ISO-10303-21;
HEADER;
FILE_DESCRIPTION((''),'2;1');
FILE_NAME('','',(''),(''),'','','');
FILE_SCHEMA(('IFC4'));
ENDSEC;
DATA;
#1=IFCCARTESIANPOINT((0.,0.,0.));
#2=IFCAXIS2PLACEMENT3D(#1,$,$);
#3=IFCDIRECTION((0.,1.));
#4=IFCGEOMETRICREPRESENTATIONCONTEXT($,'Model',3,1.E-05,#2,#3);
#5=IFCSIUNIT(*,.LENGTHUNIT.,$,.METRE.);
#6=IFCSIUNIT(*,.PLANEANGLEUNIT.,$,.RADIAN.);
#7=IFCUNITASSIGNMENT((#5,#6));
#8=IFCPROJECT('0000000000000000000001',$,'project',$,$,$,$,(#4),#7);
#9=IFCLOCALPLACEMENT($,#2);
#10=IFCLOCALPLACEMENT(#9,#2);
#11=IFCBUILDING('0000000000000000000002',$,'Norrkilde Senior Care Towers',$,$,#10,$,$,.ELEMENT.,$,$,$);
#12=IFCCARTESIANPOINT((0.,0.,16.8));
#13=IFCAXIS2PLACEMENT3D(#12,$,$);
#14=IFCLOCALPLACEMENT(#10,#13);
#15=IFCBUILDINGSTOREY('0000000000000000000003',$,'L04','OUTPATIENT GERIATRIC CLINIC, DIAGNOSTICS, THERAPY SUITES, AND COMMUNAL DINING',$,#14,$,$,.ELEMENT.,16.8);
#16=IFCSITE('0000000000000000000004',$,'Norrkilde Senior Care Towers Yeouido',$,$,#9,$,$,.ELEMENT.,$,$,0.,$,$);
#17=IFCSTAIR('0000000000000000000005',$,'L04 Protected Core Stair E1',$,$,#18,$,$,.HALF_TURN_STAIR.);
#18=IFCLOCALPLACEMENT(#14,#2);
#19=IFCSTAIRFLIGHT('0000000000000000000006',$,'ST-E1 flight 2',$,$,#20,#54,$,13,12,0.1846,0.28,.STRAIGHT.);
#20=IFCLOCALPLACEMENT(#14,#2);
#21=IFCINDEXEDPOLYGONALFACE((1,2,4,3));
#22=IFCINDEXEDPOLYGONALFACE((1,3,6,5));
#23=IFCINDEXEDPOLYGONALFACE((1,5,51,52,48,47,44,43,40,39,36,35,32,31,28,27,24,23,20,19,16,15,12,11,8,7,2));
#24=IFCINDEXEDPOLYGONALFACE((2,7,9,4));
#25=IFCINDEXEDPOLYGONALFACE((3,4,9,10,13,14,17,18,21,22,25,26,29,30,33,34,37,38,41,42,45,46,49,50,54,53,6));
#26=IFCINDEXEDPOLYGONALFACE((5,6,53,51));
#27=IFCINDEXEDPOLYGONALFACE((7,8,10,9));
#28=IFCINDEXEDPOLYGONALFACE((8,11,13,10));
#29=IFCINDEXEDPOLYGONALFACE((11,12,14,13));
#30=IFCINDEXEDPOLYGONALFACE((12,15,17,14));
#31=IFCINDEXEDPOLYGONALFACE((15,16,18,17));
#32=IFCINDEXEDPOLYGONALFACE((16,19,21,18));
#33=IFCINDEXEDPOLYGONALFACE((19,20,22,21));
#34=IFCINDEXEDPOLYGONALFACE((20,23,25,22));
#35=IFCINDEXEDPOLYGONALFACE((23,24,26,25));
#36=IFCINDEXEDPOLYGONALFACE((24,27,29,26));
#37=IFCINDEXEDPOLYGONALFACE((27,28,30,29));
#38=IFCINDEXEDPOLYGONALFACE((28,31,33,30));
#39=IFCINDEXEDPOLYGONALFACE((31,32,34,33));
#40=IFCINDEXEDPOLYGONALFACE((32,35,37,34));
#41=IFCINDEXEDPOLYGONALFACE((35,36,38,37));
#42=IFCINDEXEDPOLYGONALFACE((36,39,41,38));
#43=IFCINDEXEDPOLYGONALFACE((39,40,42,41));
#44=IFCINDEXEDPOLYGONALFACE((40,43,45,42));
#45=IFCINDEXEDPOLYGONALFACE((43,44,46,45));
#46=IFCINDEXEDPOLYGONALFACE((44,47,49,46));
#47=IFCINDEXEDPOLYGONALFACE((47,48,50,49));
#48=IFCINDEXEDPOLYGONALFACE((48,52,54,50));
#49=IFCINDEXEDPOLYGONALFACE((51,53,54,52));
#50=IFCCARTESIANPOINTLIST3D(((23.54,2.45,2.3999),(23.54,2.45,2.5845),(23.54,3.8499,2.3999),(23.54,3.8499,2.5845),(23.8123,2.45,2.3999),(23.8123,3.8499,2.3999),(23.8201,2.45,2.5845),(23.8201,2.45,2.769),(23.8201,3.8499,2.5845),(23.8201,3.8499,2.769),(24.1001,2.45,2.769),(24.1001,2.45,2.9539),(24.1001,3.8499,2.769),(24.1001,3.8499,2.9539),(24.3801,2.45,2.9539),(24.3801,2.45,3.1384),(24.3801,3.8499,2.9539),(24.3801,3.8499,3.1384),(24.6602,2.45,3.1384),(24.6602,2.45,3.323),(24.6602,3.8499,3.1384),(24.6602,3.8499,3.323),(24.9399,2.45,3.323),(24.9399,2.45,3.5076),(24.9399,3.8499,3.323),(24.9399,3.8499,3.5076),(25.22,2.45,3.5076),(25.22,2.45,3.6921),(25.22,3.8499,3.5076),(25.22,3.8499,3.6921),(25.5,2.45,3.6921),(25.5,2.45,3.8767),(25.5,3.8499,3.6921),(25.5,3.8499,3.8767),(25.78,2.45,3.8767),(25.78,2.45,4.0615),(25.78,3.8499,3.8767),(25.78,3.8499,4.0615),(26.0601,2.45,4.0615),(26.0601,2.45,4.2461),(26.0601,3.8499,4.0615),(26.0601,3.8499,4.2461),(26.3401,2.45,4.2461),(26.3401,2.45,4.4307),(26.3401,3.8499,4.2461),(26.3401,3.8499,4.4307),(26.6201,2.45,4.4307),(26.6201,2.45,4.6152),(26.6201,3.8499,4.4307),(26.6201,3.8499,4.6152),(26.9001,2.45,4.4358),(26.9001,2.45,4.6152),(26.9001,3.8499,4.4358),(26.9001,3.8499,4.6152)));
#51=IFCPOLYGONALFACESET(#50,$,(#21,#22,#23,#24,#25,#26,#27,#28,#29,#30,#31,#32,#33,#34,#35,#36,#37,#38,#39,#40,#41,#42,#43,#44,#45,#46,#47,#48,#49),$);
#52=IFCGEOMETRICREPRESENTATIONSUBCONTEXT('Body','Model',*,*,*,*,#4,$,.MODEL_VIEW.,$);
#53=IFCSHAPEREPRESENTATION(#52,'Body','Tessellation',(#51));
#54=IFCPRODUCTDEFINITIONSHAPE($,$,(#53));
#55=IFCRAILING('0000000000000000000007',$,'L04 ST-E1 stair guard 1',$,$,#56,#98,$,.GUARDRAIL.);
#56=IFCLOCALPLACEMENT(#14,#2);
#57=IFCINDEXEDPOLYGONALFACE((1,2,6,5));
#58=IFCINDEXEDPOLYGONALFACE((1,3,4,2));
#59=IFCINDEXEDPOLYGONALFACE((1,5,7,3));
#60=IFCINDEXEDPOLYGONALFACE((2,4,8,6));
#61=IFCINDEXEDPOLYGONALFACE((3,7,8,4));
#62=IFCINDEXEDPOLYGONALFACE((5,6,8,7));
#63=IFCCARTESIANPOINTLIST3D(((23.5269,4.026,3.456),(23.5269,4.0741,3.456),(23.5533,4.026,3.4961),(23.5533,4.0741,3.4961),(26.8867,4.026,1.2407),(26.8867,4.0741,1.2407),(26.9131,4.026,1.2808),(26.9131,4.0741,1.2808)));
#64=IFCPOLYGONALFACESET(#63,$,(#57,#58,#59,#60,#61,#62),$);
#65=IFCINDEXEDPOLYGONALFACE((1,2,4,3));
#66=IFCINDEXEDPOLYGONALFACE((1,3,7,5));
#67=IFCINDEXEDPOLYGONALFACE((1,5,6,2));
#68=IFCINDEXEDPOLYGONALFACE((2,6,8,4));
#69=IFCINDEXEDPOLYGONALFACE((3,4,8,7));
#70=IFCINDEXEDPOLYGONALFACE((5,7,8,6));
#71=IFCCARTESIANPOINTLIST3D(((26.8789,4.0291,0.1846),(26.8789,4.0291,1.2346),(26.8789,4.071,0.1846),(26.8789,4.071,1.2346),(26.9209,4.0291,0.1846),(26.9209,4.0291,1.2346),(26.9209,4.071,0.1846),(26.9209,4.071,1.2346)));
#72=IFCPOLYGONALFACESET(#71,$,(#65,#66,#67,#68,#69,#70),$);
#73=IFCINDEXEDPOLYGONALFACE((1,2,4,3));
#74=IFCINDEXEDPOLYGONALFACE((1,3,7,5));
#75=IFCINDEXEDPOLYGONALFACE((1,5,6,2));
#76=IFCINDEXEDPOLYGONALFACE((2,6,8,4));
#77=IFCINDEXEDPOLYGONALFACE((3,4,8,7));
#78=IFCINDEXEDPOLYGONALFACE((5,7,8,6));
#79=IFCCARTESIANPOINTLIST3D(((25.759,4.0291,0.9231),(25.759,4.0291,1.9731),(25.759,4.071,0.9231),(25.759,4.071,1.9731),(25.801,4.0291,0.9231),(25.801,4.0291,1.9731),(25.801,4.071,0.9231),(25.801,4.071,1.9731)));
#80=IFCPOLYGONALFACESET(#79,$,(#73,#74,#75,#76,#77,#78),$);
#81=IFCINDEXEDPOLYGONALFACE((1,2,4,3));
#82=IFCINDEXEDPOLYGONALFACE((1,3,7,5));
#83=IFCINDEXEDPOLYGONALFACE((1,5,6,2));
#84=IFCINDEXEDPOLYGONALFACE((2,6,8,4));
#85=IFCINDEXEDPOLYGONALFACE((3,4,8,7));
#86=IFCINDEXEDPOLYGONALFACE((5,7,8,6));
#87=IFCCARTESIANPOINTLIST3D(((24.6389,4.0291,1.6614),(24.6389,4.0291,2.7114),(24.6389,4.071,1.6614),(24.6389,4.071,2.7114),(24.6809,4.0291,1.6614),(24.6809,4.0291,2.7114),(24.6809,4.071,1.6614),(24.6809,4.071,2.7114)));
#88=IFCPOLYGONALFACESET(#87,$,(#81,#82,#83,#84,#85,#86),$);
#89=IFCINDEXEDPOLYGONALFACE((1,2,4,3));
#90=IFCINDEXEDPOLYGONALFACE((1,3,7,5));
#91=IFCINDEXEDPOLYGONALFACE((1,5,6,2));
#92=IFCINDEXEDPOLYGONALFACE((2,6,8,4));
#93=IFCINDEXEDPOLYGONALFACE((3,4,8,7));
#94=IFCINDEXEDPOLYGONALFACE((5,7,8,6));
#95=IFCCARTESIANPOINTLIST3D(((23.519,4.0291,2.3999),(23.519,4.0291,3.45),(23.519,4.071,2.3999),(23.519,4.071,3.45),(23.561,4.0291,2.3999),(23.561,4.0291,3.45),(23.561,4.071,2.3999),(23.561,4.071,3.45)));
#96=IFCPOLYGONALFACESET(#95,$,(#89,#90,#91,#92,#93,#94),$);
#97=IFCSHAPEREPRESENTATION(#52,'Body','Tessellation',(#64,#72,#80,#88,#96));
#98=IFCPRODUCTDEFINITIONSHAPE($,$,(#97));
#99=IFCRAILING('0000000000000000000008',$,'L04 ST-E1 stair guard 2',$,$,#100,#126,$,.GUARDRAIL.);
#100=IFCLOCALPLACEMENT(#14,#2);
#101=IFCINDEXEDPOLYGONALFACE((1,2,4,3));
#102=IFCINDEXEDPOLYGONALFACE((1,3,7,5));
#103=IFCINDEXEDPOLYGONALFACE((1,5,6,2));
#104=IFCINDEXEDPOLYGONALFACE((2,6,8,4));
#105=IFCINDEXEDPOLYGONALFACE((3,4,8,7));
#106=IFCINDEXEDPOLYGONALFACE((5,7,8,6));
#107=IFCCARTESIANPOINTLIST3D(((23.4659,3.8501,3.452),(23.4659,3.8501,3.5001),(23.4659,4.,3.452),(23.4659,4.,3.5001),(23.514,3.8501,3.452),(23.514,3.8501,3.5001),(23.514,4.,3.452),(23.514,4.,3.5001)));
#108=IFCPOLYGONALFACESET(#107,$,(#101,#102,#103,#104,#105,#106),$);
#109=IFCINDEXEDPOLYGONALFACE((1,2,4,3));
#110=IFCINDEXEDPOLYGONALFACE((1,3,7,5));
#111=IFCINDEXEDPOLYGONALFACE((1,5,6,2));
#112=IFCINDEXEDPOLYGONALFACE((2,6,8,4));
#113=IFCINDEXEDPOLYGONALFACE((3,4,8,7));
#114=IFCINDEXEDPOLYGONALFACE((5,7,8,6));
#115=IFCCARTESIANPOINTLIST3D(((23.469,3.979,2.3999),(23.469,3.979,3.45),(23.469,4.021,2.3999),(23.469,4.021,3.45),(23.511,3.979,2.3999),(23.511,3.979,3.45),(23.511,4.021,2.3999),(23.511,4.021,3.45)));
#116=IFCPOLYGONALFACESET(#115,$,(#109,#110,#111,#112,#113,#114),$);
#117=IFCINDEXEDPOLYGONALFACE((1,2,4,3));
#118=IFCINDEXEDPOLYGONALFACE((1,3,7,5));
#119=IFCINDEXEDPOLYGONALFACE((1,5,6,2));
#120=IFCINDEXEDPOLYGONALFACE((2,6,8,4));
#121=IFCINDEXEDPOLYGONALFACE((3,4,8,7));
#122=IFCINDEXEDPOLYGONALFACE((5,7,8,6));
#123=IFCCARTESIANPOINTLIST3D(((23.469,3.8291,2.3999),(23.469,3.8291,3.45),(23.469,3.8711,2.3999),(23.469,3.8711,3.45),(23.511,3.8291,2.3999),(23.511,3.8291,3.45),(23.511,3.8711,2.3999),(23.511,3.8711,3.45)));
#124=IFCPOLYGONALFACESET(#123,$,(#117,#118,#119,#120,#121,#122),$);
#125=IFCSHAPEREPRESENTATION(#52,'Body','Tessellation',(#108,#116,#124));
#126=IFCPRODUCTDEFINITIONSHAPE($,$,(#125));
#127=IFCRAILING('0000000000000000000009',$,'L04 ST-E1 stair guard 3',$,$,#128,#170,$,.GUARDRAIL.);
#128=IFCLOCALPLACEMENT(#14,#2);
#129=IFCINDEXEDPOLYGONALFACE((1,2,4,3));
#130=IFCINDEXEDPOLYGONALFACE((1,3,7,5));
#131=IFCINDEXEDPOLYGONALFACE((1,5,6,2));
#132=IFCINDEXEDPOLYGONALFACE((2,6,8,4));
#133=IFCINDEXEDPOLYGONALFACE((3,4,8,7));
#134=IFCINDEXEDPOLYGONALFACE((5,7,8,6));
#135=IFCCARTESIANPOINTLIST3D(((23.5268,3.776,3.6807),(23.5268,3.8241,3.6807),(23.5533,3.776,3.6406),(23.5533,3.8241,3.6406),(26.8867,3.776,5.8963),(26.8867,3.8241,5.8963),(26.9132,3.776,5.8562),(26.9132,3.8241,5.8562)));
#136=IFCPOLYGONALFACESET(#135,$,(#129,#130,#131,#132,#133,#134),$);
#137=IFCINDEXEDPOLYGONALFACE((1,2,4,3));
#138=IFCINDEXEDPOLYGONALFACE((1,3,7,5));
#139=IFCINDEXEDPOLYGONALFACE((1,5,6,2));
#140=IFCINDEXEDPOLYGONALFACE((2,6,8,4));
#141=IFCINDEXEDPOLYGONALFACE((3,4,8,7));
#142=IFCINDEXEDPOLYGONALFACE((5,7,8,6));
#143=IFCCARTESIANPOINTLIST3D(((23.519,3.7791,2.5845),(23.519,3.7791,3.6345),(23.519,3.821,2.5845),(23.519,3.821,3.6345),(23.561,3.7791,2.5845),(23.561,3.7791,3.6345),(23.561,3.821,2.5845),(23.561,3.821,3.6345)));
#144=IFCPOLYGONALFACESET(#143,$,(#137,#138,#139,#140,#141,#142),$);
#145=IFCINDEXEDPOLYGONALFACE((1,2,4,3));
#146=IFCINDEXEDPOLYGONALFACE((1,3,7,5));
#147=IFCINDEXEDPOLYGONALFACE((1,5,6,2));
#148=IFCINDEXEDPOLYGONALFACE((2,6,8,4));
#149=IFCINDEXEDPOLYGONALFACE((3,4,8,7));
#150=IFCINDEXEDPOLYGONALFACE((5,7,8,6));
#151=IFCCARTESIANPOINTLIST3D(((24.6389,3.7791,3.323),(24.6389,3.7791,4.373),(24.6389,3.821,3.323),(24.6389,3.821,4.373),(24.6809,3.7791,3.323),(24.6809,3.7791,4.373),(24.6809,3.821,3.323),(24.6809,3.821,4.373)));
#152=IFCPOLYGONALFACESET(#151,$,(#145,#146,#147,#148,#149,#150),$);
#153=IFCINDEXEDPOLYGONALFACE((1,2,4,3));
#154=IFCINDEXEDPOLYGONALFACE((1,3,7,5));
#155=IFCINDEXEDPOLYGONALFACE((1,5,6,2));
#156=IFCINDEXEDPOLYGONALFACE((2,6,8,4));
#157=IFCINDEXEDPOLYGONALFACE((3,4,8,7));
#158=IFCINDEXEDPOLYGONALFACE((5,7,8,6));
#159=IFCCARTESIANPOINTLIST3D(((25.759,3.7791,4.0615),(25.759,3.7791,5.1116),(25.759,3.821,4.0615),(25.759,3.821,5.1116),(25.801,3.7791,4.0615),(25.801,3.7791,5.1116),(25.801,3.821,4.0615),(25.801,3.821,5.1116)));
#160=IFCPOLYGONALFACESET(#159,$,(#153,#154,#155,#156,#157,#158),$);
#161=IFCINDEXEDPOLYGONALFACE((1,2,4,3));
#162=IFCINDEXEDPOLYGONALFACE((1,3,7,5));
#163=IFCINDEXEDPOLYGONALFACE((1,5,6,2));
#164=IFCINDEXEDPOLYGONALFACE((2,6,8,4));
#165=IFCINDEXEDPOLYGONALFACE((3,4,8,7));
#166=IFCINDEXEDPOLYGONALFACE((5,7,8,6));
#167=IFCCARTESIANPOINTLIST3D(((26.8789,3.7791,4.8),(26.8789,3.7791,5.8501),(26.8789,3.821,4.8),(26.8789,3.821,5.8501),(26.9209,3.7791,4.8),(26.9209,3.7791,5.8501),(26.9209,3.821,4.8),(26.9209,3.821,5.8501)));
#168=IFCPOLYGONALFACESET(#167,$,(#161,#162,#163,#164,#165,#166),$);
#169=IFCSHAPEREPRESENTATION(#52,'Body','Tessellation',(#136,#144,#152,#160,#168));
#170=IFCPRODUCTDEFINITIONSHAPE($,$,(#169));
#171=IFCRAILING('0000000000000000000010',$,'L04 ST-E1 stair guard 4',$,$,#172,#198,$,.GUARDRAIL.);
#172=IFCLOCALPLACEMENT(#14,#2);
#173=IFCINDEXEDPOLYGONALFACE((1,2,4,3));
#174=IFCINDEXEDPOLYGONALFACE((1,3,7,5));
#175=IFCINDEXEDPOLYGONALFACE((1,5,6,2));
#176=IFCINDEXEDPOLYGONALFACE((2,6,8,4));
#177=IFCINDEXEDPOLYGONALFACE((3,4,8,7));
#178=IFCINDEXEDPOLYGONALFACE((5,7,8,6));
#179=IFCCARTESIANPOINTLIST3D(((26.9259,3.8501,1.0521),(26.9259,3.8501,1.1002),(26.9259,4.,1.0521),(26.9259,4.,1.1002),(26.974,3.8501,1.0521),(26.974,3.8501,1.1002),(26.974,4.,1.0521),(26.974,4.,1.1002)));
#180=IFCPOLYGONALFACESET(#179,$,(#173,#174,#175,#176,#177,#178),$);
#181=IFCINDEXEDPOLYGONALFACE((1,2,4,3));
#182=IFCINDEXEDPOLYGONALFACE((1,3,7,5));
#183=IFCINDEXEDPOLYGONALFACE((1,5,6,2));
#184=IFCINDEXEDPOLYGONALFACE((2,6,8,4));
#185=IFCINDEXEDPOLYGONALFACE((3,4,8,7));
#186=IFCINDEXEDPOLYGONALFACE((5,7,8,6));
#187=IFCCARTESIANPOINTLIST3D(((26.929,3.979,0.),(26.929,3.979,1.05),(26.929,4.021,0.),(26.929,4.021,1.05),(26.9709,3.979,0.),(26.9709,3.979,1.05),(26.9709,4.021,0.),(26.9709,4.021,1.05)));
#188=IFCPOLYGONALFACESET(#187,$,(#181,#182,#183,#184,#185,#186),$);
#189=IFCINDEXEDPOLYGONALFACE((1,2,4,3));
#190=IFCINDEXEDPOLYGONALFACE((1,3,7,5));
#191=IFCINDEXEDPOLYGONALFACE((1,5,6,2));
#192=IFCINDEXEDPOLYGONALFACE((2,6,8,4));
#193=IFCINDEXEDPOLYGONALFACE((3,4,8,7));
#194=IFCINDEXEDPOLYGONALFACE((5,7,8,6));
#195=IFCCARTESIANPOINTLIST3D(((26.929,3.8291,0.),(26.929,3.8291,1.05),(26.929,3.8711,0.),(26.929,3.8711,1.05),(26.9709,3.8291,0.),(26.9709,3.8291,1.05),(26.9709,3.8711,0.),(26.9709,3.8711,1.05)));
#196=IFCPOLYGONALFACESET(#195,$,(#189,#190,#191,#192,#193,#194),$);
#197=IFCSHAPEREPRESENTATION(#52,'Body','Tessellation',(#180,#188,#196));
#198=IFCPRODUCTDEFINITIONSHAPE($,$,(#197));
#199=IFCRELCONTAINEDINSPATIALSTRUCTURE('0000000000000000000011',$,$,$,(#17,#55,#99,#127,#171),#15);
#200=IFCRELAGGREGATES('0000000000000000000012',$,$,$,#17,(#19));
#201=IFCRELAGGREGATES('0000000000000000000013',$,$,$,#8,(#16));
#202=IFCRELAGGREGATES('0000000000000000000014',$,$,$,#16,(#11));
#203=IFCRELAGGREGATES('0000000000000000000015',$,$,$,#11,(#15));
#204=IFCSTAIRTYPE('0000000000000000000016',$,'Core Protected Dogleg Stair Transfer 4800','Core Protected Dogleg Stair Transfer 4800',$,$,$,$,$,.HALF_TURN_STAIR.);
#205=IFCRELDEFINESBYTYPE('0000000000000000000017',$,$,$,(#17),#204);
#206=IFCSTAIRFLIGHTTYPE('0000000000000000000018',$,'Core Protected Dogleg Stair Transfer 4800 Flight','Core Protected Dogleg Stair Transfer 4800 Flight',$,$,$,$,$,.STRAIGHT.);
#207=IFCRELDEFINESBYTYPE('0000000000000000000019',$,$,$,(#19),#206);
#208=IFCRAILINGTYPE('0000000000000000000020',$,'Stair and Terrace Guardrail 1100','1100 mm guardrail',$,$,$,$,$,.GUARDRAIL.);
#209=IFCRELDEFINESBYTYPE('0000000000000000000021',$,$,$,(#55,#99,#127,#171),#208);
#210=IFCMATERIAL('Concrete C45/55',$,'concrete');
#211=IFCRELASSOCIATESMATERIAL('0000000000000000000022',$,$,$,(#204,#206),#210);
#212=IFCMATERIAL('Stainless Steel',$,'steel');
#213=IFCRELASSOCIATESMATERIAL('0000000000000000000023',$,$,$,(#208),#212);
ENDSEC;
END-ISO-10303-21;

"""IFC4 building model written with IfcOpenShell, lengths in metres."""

from ifc_helpers import new_model, si_unit, direction, frame, origin, origin_2d, place, context, subcontext, project, spatial, polyline, rectangle, outline, extrude, material, type_object, element, aggregate, save


model = new_model("IFC4")

# Units and contexts
model_context = context("Model", 3, precision=1e-05, world=origin(), true_north=direction((0.0, 1.0)))
body_context = subcontext(model_context, "Body", "Model", "MODEL_VIEW")
ifc_project = project(units=[si_unit("LENGTHUNIT", "METRE"), si_unit("PLANEANGLEUNIT", "RADIAN")], contexts=[model_context])

# Site, building, storey
site_placement = place(None, origin())
site = spatial("IfcSite", under=ifc_project, at=site_placement, Name="Norrkilde Senior Care Towers Yeouido", CompositionType="ELEMENT", RefElevation=0.0)
building_placement = place(site_placement, origin())
building = spatial("IfcBuilding", under=site, at=building_placement, Name="Norrkilde Senior Care Towers", CompositionType="ELEMENT")
storey_placement = place(building_placement, frame((0.0, 0.0, 16.8)))
storey = spatial("IfcBuildingStorey", under=building, at=storey_placement, Name="L04", Description="OUTPATIENT GERIATRIC CLINIC, DIAGNOSTICS, THERAPY SUITES, AND COMMUNAL DINING", CompositionType="ELEMENT", Elevation=16.8)

# Shared definitions
ifc_material_1 = material(Name="Concrete C45/55", Category="concrete")

# Shared definitions
ifc_material_2 = material(Name="Stainless Steel", Category="steel")

# Stair, stair flight
stair_type = type_object("IfcStairType", Name="Core Protected Dogleg Stair Transfer 4800", Description="Core Protected Dogleg Stair Transfer 4800", PredefinedType="HALF_TURN_STAIR", material=ifc_material_1)
stair_placement = place(storey_placement, origin())
stair = element("IfcStair", 1, at=stair_placement, inside=storey, type_object=stair_type, Name="L04 Protected Core Stair E1", PredefinedType="HALF_TURN_STAIR")
stair_flight_type = type_object("IfcStairFlightType", Name="Core Protected Dogleg Stair Transfer 4800 Flight", Description="Core Protected Dogleg Stair Transfer 4800 Flight", PredefinedType="STRAIGHT", material=ifc_material_1)
stair_flight_1_placement = place(storey_placement, frame((23.54, 3.1499, 2.3999), z_axis=(0.0, 0.0, 1.0), x_axis=(1.0, 0.0, 0.0)))
stair_flight_1 = element("IfcStairFlight", 2, at=stair_flight_1_placement, type_object=stair_flight_type, Name="ST-E1 flight 2", NumberOfRisers=13, NumberOfTreads=12, PredefinedType="STRAIGHT", RiserHeight=0.1846, TreadLength=0.28, context=body_context, shape_type="SweptSolid", body=[
    extrude(outline(polyline([(0.0, 0.0), (0.0, 0.1846), (0.28, 0.1846), (0.28, 0.3691), (0.5601, 0.3691), (0.5601, 0.554), (0.8401, 0.554), (0.8401, 0.7385), (1.1201, 0.7385), (1.1201, 0.9231), (1.3999, 0.9231), (1.3999, 1.1077), (1.6799, 1.1077), (1.6799, 1.2922), (1.96, 1.2922), (1.96, 1.4768), (2.24, 1.4768), (2.24, 1.6616), (2.52, 1.6616), (2.52, 1.8462), (2.8, 1.8462), (2.8, 2.0308), (3.0801, 2.0308), (3.0801, 2.2153), (3.3601, 2.2153), (3.3601, 2.3999), (3.3601, 2.0359), (0.2722, 0.0), (0.0, 0.0)])), frame((0.0, 0.7, 0.0), z_axis=(0.0, -1.0, 0.0), x_axis=(1.0, 0.0, 0.0)), (0.0, 0.0, 1.0), 1.3999),
])
aggregate(stair, [stair_flight_1])

# Railings
railing_type_1 = type_object("IfcRailingType", Name="Stair and Terrace Guardrail 1100", Description="1100 mm guardrail", PredefinedType="GUARDRAIL", material=ifc_material_2)
railing_1_placement = place(storey_placement, frame((26.8999, 4.05, 0.1846)))
element("IfcRailing", 3, at=railing_1_placement, inside=storey, type_object=railing_type_1, Name="L04 ST-E1 stair guard 1", PredefinedType="GUARDRAIL", context=body_context, shape_type="SweptSolid", body=[
    extrude(rectangle(XDim=0.0481, YDim=0.0481, at=origin_2d()), frame((0.0, 0.0, 1.0762), z_axis=(-0.834858, 0.0, 0.550465), x_axis=(0.0, -1.0, 0.0)), (0.0, 0.0, 1.0), 4.0244),
    extrude(rectangle(XDim=0.042, YDim=0.042, at=origin_2d()), origin(), (0.0, 0.0, 1.0), 1.05),
    extrude(rectangle(XDim=0.042, YDim=0.042, at=origin_2d()), frame((-1.1199, 0.0, 0.7385)), (0.0, 0.0, 1.0), 1.05),
    extrude(rectangle(XDim=0.042, YDim=0.042, at=origin_2d()), frame((-2.24, 0.0, 1.4768)), (0.0, 0.0, 1.0), 1.05),
    extrude(rectangle(XDim=0.042, YDim=0.042, at=origin_2d()), frame((-3.3599, 0.0, 2.2153)), (0.0, 0.0, 1.0), 1.05),
])
railing_2_placement = place(storey_placement, frame((23.49, 4.0, 2.3999)))
element("IfcRailing", 4, at=railing_2_placement, inside=storey, type_object=railing_type_1, Name="L04 ST-E1 stair guard 2", PredefinedType="GUARDRAIL", context=body_context, shape_type="SweptSolid", body=[
    extrude(rectangle(XDim=0.0481, YDim=0.0481, at=origin_2d()), frame((0.0, 0.0, 1.0762), z_axis=(0.0, -1.0, 0.0), x_axis=(1.0, 0.0, 0.0)), (0.0, 0.0, 1.0), 0.1499),
    extrude(rectangle(XDim=0.042, YDim=0.042, at=origin_2d()), origin(), (0.0, 0.0, 1.0), 1.05),
    extrude(rectangle(XDim=0.042, YDim=0.042, at=origin_2d()), frame((0.0, -0.1499, 0.0)), (0.0, 0.0, 1.0), 1.05),
])
railing_3_placement = place(storey_placement, frame((23.54, 3.8, 2.5845)))
element("IfcRailing", 5, at=railing_3_placement, inside=storey, type_object=railing_type_1, Name="L04 ST-E1 stair guard 3", PredefinedType="GUARDRAIL", context=body_context, shape_type="SweptSolid", body=[
    extrude(rectangle(XDim=0.0481, YDim=0.0481, at=origin_2d()), frame((0.0, 0.0, 1.0762), z_axis=(0.83483, 0.0, 0.550508), x_axis=(0.0, 1.0, 0.0)), (0.0, 0.0, 1.0), 4.0247),
    extrude(rectangle(XDim=0.042, YDim=0.042, at=origin_2d()), origin(), (0.0, 0.0, 1.0), 1.05),
    extrude(rectangle(XDim=0.042, YDim=0.042, at=origin_2d()), frame((1.1199, 0.0, 0.7385)), (0.0, 0.0, 1.0), 1.05),
    extrude(rectangle(XDim=0.042, YDim=0.042, at=origin_2d()), frame((2.24, 0.0, 1.4771)), (0.0, 0.0, 1.0), 1.05),
    extrude(rectangle(XDim=0.042, YDim=0.042, at=origin_2d()), frame((3.3599, 0.0, 2.2156)), (0.0, 0.0, 1.0), 1.05),
])
railing_4_placement = place(storey_placement, frame((26.95, 4.0, 0.0)))
element("IfcRailing", 6, at=railing_4_placement, inside=storey, type_object=railing_type_1, Name="L04 ST-E1 stair guard 4", PredefinedType="GUARDRAIL", context=body_context, shape_type="SweptSolid", body=[
    extrude(rectangle(XDim=0.0481, YDim=0.0481, at=origin_2d()), frame((0.0, 0.0, 1.0762), z_axis=(0.0, -1.0, 0.0), x_axis=(1.0, 0.0, 0.0)), (0.0, 0.0, 1.0), 0.1499),
    extrude(rectangle(XDim=0.042, YDim=0.042, at=origin_2d()), origin(), (0.0, 0.0, 1.0), 1.05),
    extrude(rectangle(XDim=0.042, YDim=0.042, at=origin_2d()), frame((0.0, -0.1499, 0.0)), (0.0, 0.0, 1.0), 1.05),
])

save(model, "model.ifc")
